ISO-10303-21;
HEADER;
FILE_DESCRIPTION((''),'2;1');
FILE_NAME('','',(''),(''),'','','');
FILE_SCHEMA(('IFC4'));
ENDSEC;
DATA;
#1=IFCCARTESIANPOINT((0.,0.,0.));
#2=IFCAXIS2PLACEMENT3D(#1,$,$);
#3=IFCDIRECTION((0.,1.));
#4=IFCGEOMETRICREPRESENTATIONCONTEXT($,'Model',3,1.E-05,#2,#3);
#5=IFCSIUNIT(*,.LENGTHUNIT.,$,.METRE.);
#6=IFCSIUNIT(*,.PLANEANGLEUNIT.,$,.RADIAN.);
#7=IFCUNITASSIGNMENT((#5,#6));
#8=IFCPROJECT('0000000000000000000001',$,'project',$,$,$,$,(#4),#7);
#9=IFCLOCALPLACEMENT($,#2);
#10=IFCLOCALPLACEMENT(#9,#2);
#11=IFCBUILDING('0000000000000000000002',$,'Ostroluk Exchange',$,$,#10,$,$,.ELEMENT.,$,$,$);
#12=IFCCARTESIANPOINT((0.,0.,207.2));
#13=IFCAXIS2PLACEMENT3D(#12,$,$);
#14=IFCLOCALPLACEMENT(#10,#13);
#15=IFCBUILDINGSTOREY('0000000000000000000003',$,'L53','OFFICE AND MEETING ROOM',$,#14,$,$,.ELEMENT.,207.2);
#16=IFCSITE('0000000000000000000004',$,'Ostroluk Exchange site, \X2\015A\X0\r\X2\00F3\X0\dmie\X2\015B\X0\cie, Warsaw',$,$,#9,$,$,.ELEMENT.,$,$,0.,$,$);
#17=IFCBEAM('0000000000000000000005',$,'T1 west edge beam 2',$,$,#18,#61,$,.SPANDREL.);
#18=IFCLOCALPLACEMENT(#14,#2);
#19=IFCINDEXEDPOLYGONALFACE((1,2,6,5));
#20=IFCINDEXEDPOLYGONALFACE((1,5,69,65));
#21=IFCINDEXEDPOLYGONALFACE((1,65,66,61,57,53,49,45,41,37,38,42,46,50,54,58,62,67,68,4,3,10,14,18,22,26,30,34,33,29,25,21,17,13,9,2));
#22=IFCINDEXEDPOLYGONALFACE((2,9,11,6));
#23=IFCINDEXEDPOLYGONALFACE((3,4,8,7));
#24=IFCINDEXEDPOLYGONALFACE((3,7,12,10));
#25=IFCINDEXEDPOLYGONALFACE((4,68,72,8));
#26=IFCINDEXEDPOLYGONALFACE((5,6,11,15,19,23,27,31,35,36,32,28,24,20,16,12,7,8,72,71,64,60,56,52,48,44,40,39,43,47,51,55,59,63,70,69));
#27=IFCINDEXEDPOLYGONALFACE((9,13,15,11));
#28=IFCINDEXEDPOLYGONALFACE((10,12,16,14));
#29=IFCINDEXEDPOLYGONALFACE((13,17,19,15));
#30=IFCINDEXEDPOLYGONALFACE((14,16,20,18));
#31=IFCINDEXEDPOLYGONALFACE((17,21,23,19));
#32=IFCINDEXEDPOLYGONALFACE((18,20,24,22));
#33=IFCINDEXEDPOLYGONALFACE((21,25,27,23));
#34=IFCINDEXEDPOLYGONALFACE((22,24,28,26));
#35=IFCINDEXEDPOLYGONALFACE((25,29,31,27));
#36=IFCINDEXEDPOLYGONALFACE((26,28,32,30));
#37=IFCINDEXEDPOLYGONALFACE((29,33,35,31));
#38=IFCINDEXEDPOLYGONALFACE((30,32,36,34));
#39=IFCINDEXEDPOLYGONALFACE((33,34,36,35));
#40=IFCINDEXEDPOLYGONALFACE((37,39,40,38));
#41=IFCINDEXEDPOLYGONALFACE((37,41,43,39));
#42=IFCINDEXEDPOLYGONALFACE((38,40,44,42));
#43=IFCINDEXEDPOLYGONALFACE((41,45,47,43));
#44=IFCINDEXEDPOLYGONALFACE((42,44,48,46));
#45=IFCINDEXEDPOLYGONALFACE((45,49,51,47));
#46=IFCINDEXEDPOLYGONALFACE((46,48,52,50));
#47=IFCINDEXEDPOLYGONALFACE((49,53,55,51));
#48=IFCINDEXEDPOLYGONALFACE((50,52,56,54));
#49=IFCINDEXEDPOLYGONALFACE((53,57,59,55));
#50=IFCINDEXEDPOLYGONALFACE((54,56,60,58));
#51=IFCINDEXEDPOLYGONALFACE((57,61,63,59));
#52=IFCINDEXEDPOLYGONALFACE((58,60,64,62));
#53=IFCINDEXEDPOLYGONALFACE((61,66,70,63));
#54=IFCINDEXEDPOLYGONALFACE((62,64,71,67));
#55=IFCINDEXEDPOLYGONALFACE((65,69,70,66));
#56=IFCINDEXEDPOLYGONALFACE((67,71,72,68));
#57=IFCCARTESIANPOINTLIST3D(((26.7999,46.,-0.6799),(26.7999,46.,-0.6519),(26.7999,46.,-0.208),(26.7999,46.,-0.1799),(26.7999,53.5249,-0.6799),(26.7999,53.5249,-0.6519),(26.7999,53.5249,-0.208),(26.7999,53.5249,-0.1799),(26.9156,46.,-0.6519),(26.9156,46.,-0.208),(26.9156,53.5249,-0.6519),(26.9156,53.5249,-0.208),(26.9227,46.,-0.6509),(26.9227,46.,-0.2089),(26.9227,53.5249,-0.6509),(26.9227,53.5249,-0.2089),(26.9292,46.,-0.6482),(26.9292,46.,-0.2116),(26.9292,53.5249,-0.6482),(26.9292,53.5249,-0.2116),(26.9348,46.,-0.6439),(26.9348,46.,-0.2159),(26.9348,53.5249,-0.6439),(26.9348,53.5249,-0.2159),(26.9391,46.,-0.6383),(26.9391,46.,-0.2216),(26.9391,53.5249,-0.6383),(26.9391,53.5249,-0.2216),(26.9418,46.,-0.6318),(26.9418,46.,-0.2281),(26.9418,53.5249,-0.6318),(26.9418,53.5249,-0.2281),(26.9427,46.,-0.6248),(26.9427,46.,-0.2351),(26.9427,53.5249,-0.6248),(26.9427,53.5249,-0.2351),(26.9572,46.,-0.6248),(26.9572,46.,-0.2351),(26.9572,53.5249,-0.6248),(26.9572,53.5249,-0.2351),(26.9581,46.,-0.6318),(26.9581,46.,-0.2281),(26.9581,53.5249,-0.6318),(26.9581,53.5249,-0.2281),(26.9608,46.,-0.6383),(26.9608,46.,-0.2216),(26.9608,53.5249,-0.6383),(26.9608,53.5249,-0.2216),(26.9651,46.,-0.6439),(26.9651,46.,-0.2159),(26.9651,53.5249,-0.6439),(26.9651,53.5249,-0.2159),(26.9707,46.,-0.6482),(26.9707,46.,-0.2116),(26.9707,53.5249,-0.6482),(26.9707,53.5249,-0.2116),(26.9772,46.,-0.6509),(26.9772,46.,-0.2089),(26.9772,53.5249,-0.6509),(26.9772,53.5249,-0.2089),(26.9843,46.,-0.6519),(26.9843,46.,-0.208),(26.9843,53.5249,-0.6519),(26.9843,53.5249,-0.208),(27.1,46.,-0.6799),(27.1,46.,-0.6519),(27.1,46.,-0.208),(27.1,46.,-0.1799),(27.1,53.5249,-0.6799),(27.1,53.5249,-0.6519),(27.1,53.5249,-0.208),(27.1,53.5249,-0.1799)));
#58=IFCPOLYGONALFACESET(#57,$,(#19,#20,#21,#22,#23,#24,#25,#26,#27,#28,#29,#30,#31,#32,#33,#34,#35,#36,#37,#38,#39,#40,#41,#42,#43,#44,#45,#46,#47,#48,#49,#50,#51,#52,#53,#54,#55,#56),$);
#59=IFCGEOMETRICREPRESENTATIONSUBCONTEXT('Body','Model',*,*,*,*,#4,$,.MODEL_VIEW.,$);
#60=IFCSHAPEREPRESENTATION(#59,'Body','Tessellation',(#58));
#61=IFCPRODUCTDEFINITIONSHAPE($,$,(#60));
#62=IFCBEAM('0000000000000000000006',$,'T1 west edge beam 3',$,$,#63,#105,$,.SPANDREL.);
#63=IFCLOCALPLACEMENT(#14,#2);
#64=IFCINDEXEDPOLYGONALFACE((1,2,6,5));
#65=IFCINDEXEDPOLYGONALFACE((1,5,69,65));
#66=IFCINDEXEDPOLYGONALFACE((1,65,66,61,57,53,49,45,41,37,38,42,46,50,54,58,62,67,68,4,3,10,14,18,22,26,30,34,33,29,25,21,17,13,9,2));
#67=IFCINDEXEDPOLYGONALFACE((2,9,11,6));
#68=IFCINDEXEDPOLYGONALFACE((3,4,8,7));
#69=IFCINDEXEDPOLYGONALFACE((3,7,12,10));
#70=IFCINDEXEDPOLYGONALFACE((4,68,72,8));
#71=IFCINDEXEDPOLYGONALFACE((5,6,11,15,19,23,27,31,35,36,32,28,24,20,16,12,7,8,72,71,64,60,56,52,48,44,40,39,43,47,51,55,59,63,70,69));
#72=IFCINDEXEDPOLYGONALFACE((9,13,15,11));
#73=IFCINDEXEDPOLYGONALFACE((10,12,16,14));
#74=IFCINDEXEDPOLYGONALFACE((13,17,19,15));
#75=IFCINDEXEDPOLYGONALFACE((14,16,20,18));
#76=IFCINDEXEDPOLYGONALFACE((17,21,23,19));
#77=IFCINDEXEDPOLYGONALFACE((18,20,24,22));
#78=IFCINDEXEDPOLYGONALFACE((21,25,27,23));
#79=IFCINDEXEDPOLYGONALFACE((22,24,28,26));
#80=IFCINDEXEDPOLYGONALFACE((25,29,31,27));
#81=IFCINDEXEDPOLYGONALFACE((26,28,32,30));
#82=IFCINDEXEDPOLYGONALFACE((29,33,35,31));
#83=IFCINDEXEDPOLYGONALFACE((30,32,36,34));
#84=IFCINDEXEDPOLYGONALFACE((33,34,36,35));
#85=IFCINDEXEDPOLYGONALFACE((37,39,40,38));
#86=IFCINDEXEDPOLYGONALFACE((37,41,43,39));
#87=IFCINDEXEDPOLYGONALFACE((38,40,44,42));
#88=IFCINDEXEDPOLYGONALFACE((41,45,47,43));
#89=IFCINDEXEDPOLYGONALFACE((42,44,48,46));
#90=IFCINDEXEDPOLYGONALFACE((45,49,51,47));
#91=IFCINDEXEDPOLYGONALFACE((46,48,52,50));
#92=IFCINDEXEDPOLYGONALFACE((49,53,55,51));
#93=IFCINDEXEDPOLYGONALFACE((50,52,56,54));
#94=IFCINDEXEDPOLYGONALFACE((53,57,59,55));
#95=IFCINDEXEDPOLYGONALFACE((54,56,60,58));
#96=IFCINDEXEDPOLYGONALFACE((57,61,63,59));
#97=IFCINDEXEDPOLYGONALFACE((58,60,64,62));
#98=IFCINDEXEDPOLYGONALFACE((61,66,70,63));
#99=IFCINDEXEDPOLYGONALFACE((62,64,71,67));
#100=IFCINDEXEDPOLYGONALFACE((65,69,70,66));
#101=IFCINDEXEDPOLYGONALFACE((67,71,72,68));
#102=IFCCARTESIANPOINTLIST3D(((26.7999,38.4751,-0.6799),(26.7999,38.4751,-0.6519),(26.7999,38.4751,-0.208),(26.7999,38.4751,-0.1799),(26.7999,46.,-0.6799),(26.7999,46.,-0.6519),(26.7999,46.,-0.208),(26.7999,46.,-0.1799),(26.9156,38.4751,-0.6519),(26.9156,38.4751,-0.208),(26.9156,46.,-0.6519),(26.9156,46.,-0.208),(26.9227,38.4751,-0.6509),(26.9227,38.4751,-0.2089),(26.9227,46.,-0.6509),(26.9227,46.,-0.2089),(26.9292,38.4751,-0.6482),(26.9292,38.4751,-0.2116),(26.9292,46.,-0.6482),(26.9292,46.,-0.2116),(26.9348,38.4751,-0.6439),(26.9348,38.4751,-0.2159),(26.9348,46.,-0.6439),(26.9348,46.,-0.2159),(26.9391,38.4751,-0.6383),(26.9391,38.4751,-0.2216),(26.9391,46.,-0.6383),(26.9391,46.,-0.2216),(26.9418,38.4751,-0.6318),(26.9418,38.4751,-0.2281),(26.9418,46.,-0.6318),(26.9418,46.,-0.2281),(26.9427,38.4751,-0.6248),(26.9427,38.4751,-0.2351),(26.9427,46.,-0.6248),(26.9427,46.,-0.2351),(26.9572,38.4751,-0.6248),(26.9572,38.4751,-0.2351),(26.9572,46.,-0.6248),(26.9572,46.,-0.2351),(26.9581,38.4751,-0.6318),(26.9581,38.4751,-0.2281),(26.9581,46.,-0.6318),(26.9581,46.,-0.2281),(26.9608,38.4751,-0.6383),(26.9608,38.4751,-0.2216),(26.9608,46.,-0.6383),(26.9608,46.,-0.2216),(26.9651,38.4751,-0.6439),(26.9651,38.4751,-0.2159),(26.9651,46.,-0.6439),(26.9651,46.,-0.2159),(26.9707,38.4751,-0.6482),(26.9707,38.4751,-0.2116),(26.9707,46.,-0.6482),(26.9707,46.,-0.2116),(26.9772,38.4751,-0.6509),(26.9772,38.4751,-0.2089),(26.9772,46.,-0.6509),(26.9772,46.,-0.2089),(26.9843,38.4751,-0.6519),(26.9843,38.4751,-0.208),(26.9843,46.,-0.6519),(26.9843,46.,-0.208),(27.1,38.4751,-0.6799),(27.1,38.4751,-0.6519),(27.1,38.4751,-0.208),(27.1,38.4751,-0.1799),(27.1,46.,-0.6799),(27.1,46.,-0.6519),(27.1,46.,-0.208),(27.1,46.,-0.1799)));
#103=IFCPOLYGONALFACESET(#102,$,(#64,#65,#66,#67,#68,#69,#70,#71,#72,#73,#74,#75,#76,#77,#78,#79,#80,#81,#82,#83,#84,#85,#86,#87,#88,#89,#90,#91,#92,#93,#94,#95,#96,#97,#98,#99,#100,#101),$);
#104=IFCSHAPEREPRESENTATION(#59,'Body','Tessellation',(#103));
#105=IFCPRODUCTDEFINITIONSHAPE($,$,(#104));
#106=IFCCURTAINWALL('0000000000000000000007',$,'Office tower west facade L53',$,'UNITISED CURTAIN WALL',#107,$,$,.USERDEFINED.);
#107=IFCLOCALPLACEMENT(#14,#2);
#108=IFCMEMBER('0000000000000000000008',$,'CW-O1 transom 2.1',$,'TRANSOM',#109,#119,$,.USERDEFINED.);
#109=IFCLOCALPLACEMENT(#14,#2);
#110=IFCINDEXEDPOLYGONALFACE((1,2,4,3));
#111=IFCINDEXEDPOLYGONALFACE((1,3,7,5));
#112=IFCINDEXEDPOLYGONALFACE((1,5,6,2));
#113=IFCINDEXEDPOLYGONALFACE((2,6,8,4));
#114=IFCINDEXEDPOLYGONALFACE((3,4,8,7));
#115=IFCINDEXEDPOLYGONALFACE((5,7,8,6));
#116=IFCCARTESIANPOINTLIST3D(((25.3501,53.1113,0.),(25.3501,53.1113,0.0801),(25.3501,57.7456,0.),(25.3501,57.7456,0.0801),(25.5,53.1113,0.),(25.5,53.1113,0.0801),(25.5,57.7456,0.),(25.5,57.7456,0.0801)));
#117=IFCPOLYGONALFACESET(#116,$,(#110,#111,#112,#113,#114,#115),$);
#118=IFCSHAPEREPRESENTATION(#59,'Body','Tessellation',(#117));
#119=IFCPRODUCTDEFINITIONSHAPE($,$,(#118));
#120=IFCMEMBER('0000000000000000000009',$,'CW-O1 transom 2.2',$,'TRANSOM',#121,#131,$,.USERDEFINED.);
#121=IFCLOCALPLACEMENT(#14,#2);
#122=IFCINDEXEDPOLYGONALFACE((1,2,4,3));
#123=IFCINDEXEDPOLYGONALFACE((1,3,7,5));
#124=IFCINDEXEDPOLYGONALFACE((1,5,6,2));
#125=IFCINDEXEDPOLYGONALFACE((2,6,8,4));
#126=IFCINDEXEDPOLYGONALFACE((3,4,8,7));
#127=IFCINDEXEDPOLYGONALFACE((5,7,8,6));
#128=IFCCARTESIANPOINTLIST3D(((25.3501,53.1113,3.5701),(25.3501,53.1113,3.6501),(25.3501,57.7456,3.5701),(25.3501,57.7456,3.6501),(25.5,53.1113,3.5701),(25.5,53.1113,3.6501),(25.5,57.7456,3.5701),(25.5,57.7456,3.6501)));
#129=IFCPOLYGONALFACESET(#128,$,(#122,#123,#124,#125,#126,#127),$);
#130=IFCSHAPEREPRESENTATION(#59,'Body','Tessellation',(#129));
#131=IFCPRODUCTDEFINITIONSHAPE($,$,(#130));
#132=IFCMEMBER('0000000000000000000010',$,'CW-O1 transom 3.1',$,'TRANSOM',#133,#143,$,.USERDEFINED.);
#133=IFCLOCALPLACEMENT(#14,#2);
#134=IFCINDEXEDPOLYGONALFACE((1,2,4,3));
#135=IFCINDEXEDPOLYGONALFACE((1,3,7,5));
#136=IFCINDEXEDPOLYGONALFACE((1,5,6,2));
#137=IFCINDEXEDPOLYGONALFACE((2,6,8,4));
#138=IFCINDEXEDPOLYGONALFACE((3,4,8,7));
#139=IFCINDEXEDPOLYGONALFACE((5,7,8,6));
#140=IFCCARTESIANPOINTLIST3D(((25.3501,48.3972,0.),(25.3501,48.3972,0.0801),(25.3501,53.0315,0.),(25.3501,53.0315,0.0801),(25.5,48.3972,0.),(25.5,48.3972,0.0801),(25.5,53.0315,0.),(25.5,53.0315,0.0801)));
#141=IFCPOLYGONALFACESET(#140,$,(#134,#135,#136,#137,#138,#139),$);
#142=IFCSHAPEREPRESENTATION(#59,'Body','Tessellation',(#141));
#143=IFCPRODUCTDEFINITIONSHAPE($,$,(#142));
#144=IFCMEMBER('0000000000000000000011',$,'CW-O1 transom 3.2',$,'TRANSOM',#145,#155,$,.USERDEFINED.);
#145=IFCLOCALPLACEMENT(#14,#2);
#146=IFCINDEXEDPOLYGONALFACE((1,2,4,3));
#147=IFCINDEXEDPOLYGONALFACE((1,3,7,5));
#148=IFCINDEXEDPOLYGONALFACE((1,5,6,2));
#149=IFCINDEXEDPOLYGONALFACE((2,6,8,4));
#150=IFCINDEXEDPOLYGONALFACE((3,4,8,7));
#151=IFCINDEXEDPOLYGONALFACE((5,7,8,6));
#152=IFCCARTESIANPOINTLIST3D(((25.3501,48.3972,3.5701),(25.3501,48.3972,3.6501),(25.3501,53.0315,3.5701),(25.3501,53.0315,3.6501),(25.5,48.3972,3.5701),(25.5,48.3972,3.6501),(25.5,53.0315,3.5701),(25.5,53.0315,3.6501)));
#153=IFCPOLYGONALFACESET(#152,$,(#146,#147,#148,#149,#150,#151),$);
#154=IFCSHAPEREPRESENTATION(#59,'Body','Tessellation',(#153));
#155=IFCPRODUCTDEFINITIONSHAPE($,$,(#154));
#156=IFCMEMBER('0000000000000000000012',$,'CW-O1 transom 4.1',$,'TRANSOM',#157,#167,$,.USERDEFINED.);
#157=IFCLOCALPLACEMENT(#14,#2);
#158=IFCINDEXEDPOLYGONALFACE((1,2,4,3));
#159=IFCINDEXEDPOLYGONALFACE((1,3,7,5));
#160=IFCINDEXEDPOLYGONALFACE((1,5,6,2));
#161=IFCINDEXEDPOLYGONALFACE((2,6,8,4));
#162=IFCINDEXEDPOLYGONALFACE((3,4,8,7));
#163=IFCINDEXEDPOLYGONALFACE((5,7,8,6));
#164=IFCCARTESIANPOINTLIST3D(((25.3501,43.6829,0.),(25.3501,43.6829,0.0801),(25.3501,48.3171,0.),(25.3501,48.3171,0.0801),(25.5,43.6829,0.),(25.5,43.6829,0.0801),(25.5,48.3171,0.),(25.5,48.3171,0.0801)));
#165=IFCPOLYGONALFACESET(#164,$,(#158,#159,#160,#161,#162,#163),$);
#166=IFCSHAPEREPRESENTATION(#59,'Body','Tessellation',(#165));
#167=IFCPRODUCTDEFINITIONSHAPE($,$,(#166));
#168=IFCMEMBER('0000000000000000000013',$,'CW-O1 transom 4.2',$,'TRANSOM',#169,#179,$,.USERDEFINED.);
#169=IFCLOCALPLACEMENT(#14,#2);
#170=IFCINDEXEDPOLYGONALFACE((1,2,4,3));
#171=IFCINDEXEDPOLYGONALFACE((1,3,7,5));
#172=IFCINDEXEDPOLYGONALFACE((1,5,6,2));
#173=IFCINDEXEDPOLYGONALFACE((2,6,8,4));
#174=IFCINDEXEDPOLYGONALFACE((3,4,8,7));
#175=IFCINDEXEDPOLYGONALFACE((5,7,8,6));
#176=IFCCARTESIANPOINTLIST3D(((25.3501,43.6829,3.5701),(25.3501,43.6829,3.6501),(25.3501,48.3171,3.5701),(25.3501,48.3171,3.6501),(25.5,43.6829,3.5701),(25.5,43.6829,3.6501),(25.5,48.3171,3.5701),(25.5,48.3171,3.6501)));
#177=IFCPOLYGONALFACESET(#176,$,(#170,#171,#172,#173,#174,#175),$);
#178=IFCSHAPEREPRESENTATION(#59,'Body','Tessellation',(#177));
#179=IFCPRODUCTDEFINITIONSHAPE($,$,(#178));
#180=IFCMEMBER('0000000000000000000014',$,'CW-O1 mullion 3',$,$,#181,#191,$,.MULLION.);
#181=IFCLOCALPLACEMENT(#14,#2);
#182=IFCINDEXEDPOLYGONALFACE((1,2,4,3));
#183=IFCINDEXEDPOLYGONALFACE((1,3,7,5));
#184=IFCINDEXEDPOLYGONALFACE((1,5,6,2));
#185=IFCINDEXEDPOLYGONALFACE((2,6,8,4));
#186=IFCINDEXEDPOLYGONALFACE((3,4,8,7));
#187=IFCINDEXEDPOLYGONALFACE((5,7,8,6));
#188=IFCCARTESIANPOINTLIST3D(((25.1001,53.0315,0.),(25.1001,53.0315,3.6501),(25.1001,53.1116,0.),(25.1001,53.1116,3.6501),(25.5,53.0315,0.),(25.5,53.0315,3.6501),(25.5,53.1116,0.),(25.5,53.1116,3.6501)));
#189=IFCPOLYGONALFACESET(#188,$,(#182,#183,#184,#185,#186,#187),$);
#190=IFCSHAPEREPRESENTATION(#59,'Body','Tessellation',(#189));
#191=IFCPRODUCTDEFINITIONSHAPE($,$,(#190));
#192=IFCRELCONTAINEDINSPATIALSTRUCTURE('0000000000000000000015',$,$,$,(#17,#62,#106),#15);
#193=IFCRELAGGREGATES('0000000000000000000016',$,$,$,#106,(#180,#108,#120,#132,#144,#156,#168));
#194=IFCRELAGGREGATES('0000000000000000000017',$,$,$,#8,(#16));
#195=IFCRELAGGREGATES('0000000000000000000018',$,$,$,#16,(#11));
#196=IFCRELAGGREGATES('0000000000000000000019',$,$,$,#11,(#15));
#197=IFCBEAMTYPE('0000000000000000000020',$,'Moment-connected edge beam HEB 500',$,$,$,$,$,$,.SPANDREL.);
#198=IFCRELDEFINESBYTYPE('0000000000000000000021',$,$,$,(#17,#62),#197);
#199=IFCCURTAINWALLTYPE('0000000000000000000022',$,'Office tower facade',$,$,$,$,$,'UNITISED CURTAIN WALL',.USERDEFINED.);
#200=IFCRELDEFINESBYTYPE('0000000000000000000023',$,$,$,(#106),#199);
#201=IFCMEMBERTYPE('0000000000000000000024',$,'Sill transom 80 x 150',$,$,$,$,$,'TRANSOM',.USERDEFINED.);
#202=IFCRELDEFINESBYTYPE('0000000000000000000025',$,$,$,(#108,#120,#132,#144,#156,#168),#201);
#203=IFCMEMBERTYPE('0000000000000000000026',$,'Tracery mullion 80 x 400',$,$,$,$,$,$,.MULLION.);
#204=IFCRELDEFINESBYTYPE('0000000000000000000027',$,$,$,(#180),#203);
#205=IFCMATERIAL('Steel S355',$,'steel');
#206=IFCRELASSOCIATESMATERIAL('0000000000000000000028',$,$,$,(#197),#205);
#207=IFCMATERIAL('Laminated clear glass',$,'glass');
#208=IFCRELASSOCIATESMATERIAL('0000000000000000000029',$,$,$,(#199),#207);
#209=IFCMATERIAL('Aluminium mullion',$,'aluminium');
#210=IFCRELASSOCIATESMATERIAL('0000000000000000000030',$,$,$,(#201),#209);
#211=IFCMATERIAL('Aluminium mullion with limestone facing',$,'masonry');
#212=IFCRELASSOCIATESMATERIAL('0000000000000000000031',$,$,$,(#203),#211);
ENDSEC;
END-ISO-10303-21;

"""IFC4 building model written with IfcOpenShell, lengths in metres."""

from ifc_helpers import new_model, si_unit, direction, frame, origin, origin_2d, place, context, subcontext, project, spatial, rectangle, i_section, extrude, material, material_profile, profile_set, type_object, element, aggregate, save


model = new_model("IFC4")

# Units and contexts
model_context = context("Model", 3, precision=1e-05, world=origin(), true_north=direction((0.0, 1.0)))
body_context = subcontext(model_context, "Body", "Model", "MODEL_VIEW")
ifc_project = project(units=[si_unit("LENGTHUNIT", "METRE"), si_unit("PLANEANGLEUNIT", "RADIAN")], contexts=[model_context])

# Site, building, storey
site_placement = place(None, origin())
site = spatial("IfcSite", under=ifc_project, at=site_placement, Name="Ostroluk Exchange site, Śródmieście, Warsaw", CompositionType="ELEMENT", RefElevation=0.0)
building_placement = place(site_placement, origin())
building = spatial("IfcBuilding", under=site, at=building_placement, Name="Ostroluk Exchange", CompositionType="ELEMENT")
storey_placement = place(building_placement, frame((0.0, 0.0, 207.2)))
storey = spatial("IfcBuildingStorey", under=building, at=storey_placement, Name="L53", Description="OFFICE AND MEETING ROOM", CompositionType="ELEMENT", Elevation=207.2)

# Beams
ifc_material_1 = material(Name="Steel S355", Category="steel")
ifc_material_profile_1 = material_profile(ifc_material_1, i_section(OverallWidth=0.3, OverallDepth=0.5, WebThickness=0.0144, FlangeThickness=0.0281, FilletRadius=0.0271, at=origin_2d()), Name="HEB 500")
ifc_profile_set_1 = profile_set([ifc_material_profile_1], Name="Steel S355")
beam_type_1 = type_object("IfcBeamType", Name="Moment-connected edge beam HEB 500", PredefinedType="SPANDREL", material=ifc_profile_set_1)
for number, where, z_axis, x_axis, name in (
    (1, (26.95, 53.5249, -0.4299), (0.0, -1.0, 0.0), (1.0, 0.0, 0.0), "T1 west edge beam 2"),
    (2, (26.95, 46.0, -0.4299), (0.0, -1.0, 0.0), (1.0, 0.0, 0.0), "T1 west edge beam 3"),
):
    element("IfcBeam", number, at=place(storey_placement, frame(where, z_axis=z_axis, x_axis=x_axis)), inside=storey, type_object=beam_type_1, Name=name, PredefinedType="SPANDREL", context=body_context, shape_type="SweptSolid", body=[
        extrude(i_section(OverallWidth=0.3, OverallDepth=0.5, WebThickness=0.0144, FlangeThickness=0.0281, FilletRadius=0.0271, at=origin_2d()), origin(), (0.0, 0.0, 1.0), 7.5249),
    ])

# Curtain wall, members
ifc_material_2 = material(Name="Laminated clear glass", Category="glass")
curtain_wall_type = type_object("IfcCurtainWallType", Name="Office tower facade", ElementType="UNITISED CURTAIN WALL", PredefinedType="USERDEFINED", material=ifc_material_2)
curtain_wall_placement = place(storey_placement, origin())
curtain_wall = element("IfcCurtainWall", 3, at=curtain_wall_placement, inside=storey, type_object=curtain_wall_type, Name="Office tower west facade L53", ObjectType="UNITISED CURTAIN WALL", PredefinedType="USERDEFINED")
ifc_material_3 = material(Name="Aluminium mullion", Category="aluminium")
ifc_material_profile_2 = material_profile(ifc_material_3, rectangle(XDim=0.1499, YDim=0.0801, at=origin_2d()), Name="Sill transom 80 x 150")
ifc_profile_set_2 = profile_set([ifc_material_profile_2], Name="Aluminium mullion")
member_type_1 = type_object("IfcMemberType", Name="Sill transom 80 x 150", ElementType="TRANSOM", PredefinedType="USERDEFINED", material=ifc_profile_set_2)
member_1_placement = place(storey_placement, frame((25.425, 57.7456, 0.04), z_axis=(0.0, -1.0, 0.0), x_axis=(1.0, 0.0, 0.0)))
member_1 = element("IfcMember", 4, at=member_1_placement, type_object=member_type_1, Name="CW-O1 transom 2.1", ObjectType="TRANSOM", PredefinedType="USERDEFINED", context=body_context, shape_type="SweptSolid", body=[
    extrude(rectangle(XDim=0.1499, YDim=0.0801, at=origin_2d()), origin(), (0.0, 0.0, 1.0), 4.6343),
])
member_2_placement = place(storey_placement, frame((25.425, 57.7456, 3.6101), z_axis=(0.0, -1.0, 0.0), x_axis=(1.0, 0.0, 0.0)))
member_2 = element("IfcMember", 5, at=member_2_placement, type_object=member_type_1, Name="CW-O1 transom 2.2", ObjectType="TRANSOM", PredefinedType="USERDEFINED", context=body_context, shape_type="SweptSolid", body=[
    extrude(rectangle(XDim=0.1499, YDim=0.0801, at=origin_2d()), origin(), (0.0, 0.0, 1.0), 4.6343),
])
member_3_placement = place(storey_placement, frame((25.425, 53.0315, 0.04), z_axis=(0.0, -1.0, 0.0), x_axis=(1.0, 0.0, 0.0)))
member_3 = element("IfcMember", 6, at=member_3_placement, type_object=member_type_1, Name="CW-O1 transom 3.1", ObjectType="TRANSOM", PredefinedType="USERDEFINED", context=body_context, shape_type="SweptSolid", body=[
    extrude(rectangle(XDim=0.1499, YDim=0.0801, at=origin_2d()), origin(), (0.0, 0.0, 1.0), 4.6343),
])
member_4_placement = place(storey_placement, frame((25.425, 53.0315, 3.6101), z_axis=(0.0, -1.0, 0.0), x_axis=(1.0, 0.0, 0.0)))
member_4 = element("IfcMember", 7, at=member_4_placement, type_object=member_type_1, Name="CW-O1 transom 3.2", ObjectType="TRANSOM", PredefinedType="USERDEFINED", context=body_context, shape_type="SweptSolid", body=[
    extrude(rectangle(XDim=0.1499, YDim=0.0801, at=origin_2d()), origin(), (0.0, 0.0, 1.0), 4.6343),
])
member_5_placement = place(storey_placement, frame((25.425, 48.3171, 0.04), z_axis=(0.0, -1.0, 0.0), x_axis=(1.0, 0.0, 0.0)))
member_5 = element("IfcMember", 8, at=member_5_placement, type_object=member_type_1, Name="CW-O1 transom 4.1", ObjectType="TRANSOM", PredefinedType="USERDEFINED", context=body_context, shape_type="SweptSolid", body=[
    extrude(rectangle(XDim=0.1499, YDim=0.0801, at=origin_2d()), origin(), (0.0, 0.0, 1.0), 4.6343),
])
member_6_placement = place(storey_placement, frame((25.425, 48.3171, 3.6101), z_axis=(0.0, -1.0, 0.0), x_axis=(1.0, 0.0, 0.0)))
member_6 = element("IfcMember", 9, at=member_6_placement, type_object=member_type_1, Name="CW-O1 transom 4.2", ObjectType="TRANSOM", PredefinedType="USERDEFINED", context=body_context, shape_type="SweptSolid", body=[
    extrude(rectangle(XDim=0.1499, YDim=0.0801, at=origin_2d()), origin(), (0.0, 0.0, 1.0), 4.6343),
])
ifc_material_4 = material(Name="Aluminium mullion with limestone facing", Category="masonry")
ifc_material_profile_3 = material_profile(ifc_material_4, rectangle(XDim=0.3999, YDim=0.0801, at=origin_2d()), Name="Tracery mullion 80 x 400")
ifc_profile_set_3 = profile_set([ifc_material_profile_3], Name="Aluminium mullion with limestone facing")
member_type_2 = type_object("IfcMemberType", Name="Tracery mullion 80 x 400", PredefinedType="MULLION", material=ifc_profile_set_3)
member_7_placement = place(storey_placement, frame((25.3, 53.0715, 0.0), z_axis=(0.0, 0.0, 1.0), x_axis=(1.0, 0.0, 0.0)))
member_7 = element("IfcMember", 10, at=member_7_placement, type_object=member_type_2, Name="CW-O1 mullion 3", PredefinedType="MULLION", context=body_context, shape_type="SweptSolid", body=[
    extrude(rectangle(XDim=0.3999, YDim=0.0801, at=origin_2d()), origin(), (0.0, 0.0, 1.0), 3.6501),
])
aggregate(curtain_wall, [member_7, member_1, member_2, member_3, member_4, member_5, member_6])

save(model, "model.ifc")
